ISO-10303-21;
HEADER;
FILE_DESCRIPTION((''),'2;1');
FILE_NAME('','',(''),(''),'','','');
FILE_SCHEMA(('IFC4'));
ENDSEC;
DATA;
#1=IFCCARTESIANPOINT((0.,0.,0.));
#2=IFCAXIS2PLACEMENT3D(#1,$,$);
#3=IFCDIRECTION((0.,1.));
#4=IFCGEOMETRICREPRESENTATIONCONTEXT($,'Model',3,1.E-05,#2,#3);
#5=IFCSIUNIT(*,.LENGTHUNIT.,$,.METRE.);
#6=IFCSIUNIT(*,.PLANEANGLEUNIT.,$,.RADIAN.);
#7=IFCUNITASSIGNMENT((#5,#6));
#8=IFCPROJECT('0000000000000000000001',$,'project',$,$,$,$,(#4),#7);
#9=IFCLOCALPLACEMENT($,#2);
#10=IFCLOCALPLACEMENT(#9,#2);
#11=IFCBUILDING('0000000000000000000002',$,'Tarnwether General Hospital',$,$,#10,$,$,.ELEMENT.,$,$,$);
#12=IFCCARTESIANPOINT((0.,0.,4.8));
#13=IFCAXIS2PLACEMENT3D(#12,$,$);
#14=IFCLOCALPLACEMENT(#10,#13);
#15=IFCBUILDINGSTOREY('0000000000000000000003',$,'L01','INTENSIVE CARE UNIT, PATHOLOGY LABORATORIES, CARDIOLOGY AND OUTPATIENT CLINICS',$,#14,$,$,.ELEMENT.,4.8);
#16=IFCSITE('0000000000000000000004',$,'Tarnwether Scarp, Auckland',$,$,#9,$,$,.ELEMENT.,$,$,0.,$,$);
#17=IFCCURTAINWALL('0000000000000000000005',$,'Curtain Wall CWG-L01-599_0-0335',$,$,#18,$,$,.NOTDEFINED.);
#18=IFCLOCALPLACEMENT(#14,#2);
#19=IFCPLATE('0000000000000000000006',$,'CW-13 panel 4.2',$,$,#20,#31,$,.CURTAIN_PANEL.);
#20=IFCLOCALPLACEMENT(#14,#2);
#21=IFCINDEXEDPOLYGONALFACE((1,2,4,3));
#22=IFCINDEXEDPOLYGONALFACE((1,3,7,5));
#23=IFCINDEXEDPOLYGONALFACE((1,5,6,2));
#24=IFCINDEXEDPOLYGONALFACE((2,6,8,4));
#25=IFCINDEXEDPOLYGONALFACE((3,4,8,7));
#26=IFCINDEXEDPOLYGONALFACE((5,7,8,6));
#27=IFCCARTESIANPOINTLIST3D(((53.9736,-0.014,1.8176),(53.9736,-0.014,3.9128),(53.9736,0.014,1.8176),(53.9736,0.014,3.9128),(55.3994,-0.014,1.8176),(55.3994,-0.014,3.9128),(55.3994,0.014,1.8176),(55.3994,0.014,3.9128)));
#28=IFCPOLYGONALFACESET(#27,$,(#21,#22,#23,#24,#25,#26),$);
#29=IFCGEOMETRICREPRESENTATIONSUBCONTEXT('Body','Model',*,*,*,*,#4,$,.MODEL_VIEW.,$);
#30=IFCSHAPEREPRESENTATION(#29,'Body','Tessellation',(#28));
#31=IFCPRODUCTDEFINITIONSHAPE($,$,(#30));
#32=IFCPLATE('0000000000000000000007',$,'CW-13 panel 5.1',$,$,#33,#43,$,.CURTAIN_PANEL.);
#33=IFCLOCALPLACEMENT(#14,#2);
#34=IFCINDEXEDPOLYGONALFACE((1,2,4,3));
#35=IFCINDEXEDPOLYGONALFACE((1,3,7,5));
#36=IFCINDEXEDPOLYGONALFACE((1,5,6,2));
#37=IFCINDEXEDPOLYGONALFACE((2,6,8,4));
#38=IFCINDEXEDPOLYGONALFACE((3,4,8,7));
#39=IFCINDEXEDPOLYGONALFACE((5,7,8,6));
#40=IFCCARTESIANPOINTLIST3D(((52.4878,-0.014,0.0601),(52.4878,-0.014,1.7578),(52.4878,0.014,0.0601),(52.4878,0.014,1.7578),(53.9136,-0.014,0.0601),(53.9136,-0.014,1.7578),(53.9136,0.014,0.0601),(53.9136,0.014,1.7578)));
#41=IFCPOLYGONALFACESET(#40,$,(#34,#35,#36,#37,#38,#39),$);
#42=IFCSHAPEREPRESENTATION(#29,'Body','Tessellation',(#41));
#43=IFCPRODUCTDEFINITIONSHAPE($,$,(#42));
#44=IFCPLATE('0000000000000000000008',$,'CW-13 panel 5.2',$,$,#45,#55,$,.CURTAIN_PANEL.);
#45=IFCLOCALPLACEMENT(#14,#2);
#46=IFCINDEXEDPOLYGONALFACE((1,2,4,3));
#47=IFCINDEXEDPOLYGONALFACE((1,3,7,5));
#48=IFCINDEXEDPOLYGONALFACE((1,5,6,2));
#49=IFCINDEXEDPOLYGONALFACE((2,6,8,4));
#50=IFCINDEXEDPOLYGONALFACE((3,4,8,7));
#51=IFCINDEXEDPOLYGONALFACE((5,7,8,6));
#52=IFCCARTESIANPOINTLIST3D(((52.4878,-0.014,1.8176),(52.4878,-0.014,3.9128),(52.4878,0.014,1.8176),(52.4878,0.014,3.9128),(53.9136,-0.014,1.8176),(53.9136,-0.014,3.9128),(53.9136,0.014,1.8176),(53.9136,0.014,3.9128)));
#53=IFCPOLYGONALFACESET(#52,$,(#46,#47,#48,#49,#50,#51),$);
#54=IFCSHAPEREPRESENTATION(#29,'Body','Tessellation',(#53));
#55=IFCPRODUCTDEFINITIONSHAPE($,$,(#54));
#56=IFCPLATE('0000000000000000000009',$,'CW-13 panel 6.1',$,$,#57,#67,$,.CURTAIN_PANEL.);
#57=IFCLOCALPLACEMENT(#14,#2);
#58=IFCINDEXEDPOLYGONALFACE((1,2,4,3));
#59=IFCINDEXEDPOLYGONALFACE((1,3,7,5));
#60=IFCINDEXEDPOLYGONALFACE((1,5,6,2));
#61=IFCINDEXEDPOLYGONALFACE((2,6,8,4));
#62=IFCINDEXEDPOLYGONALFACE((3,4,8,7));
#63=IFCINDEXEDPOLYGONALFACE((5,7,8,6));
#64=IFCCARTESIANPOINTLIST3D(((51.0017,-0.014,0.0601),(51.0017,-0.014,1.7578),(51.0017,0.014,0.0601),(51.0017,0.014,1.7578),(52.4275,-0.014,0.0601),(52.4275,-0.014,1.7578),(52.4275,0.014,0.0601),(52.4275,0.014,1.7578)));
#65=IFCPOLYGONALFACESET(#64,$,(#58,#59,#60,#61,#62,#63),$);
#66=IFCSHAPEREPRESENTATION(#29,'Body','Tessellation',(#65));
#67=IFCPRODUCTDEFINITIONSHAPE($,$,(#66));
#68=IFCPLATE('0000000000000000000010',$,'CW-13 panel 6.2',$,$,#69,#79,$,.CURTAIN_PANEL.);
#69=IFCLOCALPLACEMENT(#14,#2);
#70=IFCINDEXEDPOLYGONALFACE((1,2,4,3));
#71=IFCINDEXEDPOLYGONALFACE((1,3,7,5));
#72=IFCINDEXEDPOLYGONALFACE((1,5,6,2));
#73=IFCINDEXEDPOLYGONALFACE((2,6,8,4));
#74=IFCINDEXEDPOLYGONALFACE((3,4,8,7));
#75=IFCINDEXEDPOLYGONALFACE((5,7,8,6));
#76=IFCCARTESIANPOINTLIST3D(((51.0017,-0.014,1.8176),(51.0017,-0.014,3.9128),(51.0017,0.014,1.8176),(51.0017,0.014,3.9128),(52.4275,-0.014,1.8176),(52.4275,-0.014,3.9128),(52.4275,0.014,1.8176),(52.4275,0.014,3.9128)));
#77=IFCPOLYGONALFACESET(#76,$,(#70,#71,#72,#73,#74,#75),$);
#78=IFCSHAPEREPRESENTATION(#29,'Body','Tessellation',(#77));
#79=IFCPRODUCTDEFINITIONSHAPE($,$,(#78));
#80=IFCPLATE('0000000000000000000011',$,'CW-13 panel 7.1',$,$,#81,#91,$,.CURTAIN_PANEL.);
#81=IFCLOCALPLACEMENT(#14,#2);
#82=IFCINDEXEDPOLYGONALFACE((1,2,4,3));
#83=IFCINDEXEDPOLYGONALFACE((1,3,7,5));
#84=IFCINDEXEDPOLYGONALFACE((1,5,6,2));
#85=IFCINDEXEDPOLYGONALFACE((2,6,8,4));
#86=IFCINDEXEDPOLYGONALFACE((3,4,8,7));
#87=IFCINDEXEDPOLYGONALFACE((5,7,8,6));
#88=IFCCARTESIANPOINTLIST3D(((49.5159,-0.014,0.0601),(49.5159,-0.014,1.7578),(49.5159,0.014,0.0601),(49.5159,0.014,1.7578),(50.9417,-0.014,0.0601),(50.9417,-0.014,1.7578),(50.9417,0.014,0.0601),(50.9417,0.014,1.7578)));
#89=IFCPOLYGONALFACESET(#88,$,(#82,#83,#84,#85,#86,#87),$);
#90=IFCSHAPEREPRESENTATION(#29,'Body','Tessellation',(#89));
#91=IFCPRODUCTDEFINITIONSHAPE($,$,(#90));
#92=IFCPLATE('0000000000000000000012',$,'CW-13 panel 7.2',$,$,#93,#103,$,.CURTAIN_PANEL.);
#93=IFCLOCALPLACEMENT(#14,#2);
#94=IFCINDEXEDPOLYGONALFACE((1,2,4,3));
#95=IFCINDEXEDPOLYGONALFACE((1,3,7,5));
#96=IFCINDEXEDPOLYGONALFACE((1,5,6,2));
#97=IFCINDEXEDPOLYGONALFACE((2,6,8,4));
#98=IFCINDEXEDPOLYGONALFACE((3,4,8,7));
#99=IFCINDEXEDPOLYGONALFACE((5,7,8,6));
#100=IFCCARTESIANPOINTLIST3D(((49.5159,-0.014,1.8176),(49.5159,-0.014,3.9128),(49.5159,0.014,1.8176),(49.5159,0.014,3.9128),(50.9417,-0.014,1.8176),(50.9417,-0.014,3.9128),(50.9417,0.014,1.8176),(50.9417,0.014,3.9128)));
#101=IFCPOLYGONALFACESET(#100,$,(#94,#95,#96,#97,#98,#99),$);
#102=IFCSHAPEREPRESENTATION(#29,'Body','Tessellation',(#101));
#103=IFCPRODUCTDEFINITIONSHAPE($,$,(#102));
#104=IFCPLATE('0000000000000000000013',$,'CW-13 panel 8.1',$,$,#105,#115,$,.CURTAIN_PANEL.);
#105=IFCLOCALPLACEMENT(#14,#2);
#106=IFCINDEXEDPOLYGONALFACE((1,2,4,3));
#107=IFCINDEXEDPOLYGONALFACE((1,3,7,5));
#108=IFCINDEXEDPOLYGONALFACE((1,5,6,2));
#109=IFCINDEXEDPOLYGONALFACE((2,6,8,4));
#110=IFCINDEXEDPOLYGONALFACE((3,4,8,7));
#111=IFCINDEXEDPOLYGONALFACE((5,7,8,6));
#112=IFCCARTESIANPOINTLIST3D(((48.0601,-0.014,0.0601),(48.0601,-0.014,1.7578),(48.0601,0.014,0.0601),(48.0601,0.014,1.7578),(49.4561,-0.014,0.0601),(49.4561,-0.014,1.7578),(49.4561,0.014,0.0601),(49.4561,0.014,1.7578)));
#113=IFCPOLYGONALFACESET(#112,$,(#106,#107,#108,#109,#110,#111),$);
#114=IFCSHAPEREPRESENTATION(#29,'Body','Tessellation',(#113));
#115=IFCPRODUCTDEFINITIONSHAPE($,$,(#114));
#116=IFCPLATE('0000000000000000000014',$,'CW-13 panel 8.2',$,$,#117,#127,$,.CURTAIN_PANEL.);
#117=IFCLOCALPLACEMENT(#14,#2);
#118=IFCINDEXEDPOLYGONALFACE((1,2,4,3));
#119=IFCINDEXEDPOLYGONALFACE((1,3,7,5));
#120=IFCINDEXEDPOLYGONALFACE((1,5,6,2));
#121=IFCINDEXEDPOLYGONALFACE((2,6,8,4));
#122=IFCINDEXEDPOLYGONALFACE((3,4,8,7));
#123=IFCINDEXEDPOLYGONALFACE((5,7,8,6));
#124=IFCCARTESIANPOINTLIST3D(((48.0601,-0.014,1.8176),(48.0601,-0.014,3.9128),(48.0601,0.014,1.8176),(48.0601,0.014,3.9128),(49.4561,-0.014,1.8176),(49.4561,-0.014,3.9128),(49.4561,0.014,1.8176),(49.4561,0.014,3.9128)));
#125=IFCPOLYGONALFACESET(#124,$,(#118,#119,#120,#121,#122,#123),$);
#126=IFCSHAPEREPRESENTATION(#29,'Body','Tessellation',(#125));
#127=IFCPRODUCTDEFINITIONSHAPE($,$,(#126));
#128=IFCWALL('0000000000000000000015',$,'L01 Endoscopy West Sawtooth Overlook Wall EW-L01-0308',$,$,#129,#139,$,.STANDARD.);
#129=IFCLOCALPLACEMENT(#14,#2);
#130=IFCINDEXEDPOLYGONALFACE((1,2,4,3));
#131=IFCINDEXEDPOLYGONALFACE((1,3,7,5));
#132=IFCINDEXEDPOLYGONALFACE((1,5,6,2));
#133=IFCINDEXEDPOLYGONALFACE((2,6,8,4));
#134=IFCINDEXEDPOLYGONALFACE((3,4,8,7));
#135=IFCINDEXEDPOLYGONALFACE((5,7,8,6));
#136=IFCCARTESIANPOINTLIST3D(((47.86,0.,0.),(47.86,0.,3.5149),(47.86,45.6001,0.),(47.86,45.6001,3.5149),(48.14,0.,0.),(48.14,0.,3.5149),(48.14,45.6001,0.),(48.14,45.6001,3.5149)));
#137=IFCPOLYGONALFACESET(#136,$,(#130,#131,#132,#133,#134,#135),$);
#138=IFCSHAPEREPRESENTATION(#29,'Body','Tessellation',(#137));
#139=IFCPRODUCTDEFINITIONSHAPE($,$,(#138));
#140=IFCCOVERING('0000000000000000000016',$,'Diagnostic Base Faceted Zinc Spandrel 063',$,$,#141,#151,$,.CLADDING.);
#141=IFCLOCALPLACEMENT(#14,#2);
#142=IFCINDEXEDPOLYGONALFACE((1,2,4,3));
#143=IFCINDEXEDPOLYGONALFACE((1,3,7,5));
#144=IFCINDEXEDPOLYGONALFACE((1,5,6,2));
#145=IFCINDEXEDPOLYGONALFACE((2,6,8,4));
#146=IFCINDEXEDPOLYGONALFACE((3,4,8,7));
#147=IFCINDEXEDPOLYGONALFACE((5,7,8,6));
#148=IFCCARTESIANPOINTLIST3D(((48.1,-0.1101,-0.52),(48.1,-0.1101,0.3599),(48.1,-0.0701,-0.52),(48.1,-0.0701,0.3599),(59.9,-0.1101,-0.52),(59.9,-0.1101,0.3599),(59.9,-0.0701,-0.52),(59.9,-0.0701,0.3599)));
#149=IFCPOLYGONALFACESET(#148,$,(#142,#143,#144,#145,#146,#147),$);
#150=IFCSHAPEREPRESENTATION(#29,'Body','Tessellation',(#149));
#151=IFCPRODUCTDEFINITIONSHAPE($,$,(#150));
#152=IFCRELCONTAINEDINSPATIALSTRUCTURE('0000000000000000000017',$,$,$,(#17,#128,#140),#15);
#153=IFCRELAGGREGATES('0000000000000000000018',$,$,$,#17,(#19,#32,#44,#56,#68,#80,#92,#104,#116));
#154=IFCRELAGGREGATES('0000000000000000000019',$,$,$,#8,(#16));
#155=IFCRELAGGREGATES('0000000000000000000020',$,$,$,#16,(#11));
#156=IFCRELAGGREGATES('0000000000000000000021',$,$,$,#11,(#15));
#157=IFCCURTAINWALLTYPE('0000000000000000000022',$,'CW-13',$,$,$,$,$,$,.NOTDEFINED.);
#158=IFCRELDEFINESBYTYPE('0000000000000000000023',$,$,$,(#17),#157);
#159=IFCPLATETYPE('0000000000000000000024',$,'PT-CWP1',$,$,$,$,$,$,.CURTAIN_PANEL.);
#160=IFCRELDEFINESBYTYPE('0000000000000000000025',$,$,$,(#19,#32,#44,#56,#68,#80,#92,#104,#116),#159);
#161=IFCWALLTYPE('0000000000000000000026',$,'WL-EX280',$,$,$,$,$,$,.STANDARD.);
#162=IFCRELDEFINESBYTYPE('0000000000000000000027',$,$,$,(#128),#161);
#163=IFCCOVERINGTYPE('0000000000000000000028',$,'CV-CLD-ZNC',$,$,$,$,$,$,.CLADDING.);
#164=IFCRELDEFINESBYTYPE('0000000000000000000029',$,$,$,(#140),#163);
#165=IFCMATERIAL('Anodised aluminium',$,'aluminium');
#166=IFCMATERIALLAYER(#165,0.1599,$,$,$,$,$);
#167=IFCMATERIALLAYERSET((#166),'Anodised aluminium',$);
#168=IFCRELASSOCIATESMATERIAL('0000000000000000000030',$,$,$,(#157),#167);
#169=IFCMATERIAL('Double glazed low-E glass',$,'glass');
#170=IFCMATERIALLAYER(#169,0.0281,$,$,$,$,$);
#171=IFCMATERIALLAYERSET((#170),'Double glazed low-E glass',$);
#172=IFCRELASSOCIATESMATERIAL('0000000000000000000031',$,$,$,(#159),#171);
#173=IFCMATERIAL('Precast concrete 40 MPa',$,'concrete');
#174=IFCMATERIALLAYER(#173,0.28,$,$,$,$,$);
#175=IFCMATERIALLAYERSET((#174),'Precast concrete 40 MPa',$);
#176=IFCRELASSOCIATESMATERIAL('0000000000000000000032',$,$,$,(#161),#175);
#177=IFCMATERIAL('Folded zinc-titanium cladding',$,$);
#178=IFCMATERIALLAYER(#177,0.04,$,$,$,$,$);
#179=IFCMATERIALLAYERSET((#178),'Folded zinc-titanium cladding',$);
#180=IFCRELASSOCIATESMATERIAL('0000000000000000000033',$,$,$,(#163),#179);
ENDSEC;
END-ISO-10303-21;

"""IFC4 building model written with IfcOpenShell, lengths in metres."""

from ifc_helpers import new_model, si_unit, direction, frame, frame_2d, origin, origin_2d, place, context, subcontext, project, spatial, rectangle, extrude, material, layer, layer_set, type_object, element, aggregate, save


model = new_model("IFC4")

# Units and contexts
model_context = context("Model", 3, precision=1e-05, world=origin(), true_north=direction((0.0, 1.0)))
body_context = subcontext(model_context, "Body", "Model", "MODEL_VIEW")
ifc_project = project(units=[si_unit("LENGTHUNIT", "METRE"), si_unit("PLANEANGLEUNIT", "RADIAN")], contexts=[model_context])

# Site, building, storey
site_placement = place(None, origin())
site = spatial("IfcSite", under=ifc_project, at=site_placement, Name="Tarnwether Scarp, Auckland", CompositionType="ELEMENT", RefElevation=0.0)
building_placement = place(site_placement, origin())
building = spatial("IfcBuilding", under=site, at=building_placement, Name="Tarnwether General Hospital", CompositionType="ELEMENT")
storey_placement = place(building_placement, frame((0.0, 0.0, 4.8)))
storey = spatial("IfcBuildingStorey", under=building, at=storey_placement, Name="L01", Description="INTENSIVE CARE UNIT, PATHOLOGY LABORATORIES, CARDIOLOGY AND OUTPATIENT CLINICS", CompositionType="ELEMENT", Elevation=4.8)

# Curtain wall
ifc_material_1 = material(Name="Anodised aluminium", Category="aluminium")
ifc_layer_1 = layer(ifc_material_1, 0.1599)
ifc_layer_set_1 = layer_set([ifc_layer_1], Name="Anodised aluminium")
curtain_wall_type = type_object("IfcCurtainWallType", Name="CW-13", PredefinedType="NOTDEFINED", material=ifc_layer_set_1)
curtain_wall_placement = place(storey_placement, origin())
curtain_wall = element("IfcCurtainWall", 1, at=curtain_wall_placement, inside=storey, type_object=curtain_wall_type, Name="Curtain Wall CWG-L01-599_0-0335", PredefinedType="NOTDEFINED")

# Plates
ifc_material_2 = material(Name="Double glazed low-E glass", Category="glass")
ifc_layer_2 = layer(ifc_material_2, 0.0281)
ifc_layer_set_2 = layer_set([ifc_layer_2], Name="Double glazed low-E glass")
plate_type = type_object("IfcPlateType", Name="PT-CWP1", PredefinedType="CURTAIN_PANEL", material=ifc_layer_set_2)
plate_1_placement = place(storey_placement, frame((54.6865, 0.0, 1.8176), z_axis=(0.0, 0.0, 1.0), x_axis=(-1.0, 0.0, 0.0)))
plate_1 = element("IfcPlate", 2, at=plate_1_placement, type_object=plate_type, Name="CW-13 panel 4.2", PredefinedType="CURTAIN_PANEL", context=body_context, shape_type="SweptSolid", body=[
    extrude(rectangle(XDim=1.4258, YDim=0.0281, at=origin_2d()), origin(), (0.0, 0.0, 1.0), 2.0952),
])
plate_2_placement = place(storey_placement, frame((53.2007, 0.0, 0.0601), z_axis=(0.0, 0.0, 1.0), x_axis=(-1.0, 0.0, 0.0)))
plate_2 = element("IfcPlate", 3, at=plate_2_placement, type_object=plate_type, Name="CW-13 panel 5.1", PredefinedType="CURTAIN_PANEL", context=body_context, shape_type="SweptSolid", body=[
    extrude(rectangle(XDim=1.4258, YDim=0.0281, at=origin_2d()), origin(), (0.0, 0.0, 1.0), 1.6978),
])
plate_3_placement = place(storey_placement, frame((53.2007, 0.0, 1.8176), z_axis=(0.0, 0.0, 1.0), x_axis=(-1.0, 0.0, 0.0)))
plate_3 = element("IfcPlate", 4, at=plate_3_placement, type_object=plate_type, Name="CW-13 panel 5.2", PredefinedType="CURTAIN_PANEL", context=body_context, shape_type="SweptSolid", body=[
    extrude(rectangle(XDim=1.4258, YDim=0.0281, at=origin_2d()), origin(), (0.0, 0.0, 1.0), 2.0952),
])
plate_4_placement = place(storey_placement, frame((51.7146, 0.0, 0.0601), z_axis=(0.0, 0.0, 1.0), x_axis=(-1.0, 0.0, 0.0)))
plate_4 = element("IfcPlate", 5, at=plate_4_placement, type_object=plate_type, Name="CW-13 panel 6.1", PredefinedType="CURTAIN_PANEL", context=body_context, shape_type="SweptSolid", body=[
    extrude(rectangle(XDim=1.4258, YDim=0.0281, at=origin_2d()), origin(), (0.0, 0.0, 1.0), 1.6978),
])
plate_5_placement = place(storey_placement, frame((51.7146, 0.0, 1.8176), z_axis=(0.0, 0.0, 1.0), x_axis=(-1.0, 0.0, 0.0)))
plate_5 = element("IfcPlate", 6, at=plate_5_placement, type_object=plate_type, Name="CW-13 panel 6.2", PredefinedType="CURTAIN_PANEL", context=body_context, shape_type="SweptSolid", body=[
    extrude(rectangle(XDim=1.4258, YDim=0.0281, at=origin_2d()), origin(), (0.0, 0.0, 1.0), 2.0952),
])
plate_6_placement = place(storey_placement, frame((50.2288, 0.0, 0.0601), z_axis=(0.0, 0.0, 1.0), x_axis=(-1.0, 0.0, 0.0)))
plate_6 = element("IfcPlate", 7, at=plate_6_placement, type_object=plate_type, Name="CW-13 panel 7.1", PredefinedType="CURTAIN_PANEL", context=body_context, shape_type="SweptSolid", body=[
    extrude(rectangle(XDim=1.4258, YDim=0.0281, at=origin_2d()), origin(), (0.0, 0.0, 1.0), 1.6978),
])
plate_7_placement = place(storey_placement, frame((50.2288, 0.0, 1.8176), z_axis=(0.0, 0.0, 1.0), x_axis=(-1.0, 0.0, 0.0)))
plate_7 = element("IfcPlate", 8, at=plate_7_placement, type_object=plate_type, Name="CW-13 panel 7.2", PredefinedType="CURTAIN_PANEL", context=body_context, shape_type="SweptSolid", body=[
    extrude(rectangle(XDim=1.4258, YDim=0.0281, at=origin_2d()), origin(), (0.0, 0.0, 1.0), 2.0952),
])
plate_8_placement = place(storey_placement, frame((48.7581, 0.0, 0.0601), z_axis=(0.0, 0.0, 1.0), x_axis=(-1.0, 0.0, 0.0)))
plate_8 = element("IfcPlate", 9, at=plate_8_placement, type_object=plate_type, Name="CW-13 panel 8.1", PredefinedType="CURTAIN_PANEL", context=body_context, shape_type="SweptSolid", body=[
    extrude(rectangle(XDim=1.396, YDim=0.0281, at=origin_2d()), origin(), (0.0, 0.0, 1.0), 1.6978),
])
plate_9_placement = place(storey_placement, frame((48.7581, 0.0, 1.8176), z_axis=(0.0, 0.0, 1.0), x_axis=(-1.0, 0.0, 0.0)))
plate_9 = element("IfcPlate", 10, at=plate_9_placement, type_object=plate_type, Name="CW-13 panel 8.2", PredefinedType="CURTAIN_PANEL", context=body_context, shape_type="SweptSolid", body=[
    extrude(rectangle(XDim=1.396, YDim=0.0281, at=origin_2d()), origin(), (0.0, 0.0, 1.0), 2.0952),
])
aggregate(curtain_wall, [plate_1, plate_2, plate_3, plate_4, plate_5, plate_6, plate_7, plate_8, plate_9])

# Wall
ifc_material_3 = material(Name="Precast concrete 40 MPa", Category="concrete")
ifc_layer_3 = layer(ifc_material_3, 0.28)
ifc_layer_set_3 = layer_set([ifc_layer_3], Name="Precast concrete 40 MPa")
wall_type = type_object("IfcWallType", Name="WL-EX280", PredefinedType="STANDARD", material=ifc_layer_set_3)
wall_placement = place(storey_placement, frame((48.0, 0.0, 0.0), z_axis=(0.0, 0.0, 1.0), x_axis=(0.0, 1.0, 0.0)))
element("IfcWall", 11, at=wall_placement, inside=storey, type_object=wall_type, Name="L01 Endoscopy West Sawtooth Overlook Wall EW-L01-0308", PredefinedType="STANDARD", context=body_context, shape_type="SweptSolid", body=[
    extrude(rectangle(XDim=45.6001, YDim=0.28, at=frame_2d((22.8, 0.0))), origin(), (0.0, 0.0, 1.0), 3.5149),
])

# Covering
ifc_material_4 = material(Name="Folded zinc-titanium cladding")
ifc_layer_4 = layer(ifc_material_4, 0.04)
ifc_layer_set_4 = layer_set([ifc_layer_4], Name="Folded zinc-titanium cladding")
covering_type = type_object("IfcCoveringType", Name="CV-CLD-ZNC", PredefinedType="CLADDING", material=ifc_layer_set_4)
covering_placement = place(storey_placement, frame((54.0, -0.0901, -0.52), z_axis=(0.0, 0.0, 1.0), x_axis=(1.0, 0.0, 0.0)))
element("IfcCovering", 12, at=covering_placement, inside=storey, type_object=covering_type, Name="Diagnostic Base Faceted Zinc Spandrel 063", PredefinedType="CLADDING", context=body_context, shape_type="SweptSolid", body=[
    extrude(rectangle(XDim=11.8, YDim=0.04, at=origin_2d()), origin(), (0.0, 0.0, 1.0), 0.8799),
])

save(model, "model.ifc")
